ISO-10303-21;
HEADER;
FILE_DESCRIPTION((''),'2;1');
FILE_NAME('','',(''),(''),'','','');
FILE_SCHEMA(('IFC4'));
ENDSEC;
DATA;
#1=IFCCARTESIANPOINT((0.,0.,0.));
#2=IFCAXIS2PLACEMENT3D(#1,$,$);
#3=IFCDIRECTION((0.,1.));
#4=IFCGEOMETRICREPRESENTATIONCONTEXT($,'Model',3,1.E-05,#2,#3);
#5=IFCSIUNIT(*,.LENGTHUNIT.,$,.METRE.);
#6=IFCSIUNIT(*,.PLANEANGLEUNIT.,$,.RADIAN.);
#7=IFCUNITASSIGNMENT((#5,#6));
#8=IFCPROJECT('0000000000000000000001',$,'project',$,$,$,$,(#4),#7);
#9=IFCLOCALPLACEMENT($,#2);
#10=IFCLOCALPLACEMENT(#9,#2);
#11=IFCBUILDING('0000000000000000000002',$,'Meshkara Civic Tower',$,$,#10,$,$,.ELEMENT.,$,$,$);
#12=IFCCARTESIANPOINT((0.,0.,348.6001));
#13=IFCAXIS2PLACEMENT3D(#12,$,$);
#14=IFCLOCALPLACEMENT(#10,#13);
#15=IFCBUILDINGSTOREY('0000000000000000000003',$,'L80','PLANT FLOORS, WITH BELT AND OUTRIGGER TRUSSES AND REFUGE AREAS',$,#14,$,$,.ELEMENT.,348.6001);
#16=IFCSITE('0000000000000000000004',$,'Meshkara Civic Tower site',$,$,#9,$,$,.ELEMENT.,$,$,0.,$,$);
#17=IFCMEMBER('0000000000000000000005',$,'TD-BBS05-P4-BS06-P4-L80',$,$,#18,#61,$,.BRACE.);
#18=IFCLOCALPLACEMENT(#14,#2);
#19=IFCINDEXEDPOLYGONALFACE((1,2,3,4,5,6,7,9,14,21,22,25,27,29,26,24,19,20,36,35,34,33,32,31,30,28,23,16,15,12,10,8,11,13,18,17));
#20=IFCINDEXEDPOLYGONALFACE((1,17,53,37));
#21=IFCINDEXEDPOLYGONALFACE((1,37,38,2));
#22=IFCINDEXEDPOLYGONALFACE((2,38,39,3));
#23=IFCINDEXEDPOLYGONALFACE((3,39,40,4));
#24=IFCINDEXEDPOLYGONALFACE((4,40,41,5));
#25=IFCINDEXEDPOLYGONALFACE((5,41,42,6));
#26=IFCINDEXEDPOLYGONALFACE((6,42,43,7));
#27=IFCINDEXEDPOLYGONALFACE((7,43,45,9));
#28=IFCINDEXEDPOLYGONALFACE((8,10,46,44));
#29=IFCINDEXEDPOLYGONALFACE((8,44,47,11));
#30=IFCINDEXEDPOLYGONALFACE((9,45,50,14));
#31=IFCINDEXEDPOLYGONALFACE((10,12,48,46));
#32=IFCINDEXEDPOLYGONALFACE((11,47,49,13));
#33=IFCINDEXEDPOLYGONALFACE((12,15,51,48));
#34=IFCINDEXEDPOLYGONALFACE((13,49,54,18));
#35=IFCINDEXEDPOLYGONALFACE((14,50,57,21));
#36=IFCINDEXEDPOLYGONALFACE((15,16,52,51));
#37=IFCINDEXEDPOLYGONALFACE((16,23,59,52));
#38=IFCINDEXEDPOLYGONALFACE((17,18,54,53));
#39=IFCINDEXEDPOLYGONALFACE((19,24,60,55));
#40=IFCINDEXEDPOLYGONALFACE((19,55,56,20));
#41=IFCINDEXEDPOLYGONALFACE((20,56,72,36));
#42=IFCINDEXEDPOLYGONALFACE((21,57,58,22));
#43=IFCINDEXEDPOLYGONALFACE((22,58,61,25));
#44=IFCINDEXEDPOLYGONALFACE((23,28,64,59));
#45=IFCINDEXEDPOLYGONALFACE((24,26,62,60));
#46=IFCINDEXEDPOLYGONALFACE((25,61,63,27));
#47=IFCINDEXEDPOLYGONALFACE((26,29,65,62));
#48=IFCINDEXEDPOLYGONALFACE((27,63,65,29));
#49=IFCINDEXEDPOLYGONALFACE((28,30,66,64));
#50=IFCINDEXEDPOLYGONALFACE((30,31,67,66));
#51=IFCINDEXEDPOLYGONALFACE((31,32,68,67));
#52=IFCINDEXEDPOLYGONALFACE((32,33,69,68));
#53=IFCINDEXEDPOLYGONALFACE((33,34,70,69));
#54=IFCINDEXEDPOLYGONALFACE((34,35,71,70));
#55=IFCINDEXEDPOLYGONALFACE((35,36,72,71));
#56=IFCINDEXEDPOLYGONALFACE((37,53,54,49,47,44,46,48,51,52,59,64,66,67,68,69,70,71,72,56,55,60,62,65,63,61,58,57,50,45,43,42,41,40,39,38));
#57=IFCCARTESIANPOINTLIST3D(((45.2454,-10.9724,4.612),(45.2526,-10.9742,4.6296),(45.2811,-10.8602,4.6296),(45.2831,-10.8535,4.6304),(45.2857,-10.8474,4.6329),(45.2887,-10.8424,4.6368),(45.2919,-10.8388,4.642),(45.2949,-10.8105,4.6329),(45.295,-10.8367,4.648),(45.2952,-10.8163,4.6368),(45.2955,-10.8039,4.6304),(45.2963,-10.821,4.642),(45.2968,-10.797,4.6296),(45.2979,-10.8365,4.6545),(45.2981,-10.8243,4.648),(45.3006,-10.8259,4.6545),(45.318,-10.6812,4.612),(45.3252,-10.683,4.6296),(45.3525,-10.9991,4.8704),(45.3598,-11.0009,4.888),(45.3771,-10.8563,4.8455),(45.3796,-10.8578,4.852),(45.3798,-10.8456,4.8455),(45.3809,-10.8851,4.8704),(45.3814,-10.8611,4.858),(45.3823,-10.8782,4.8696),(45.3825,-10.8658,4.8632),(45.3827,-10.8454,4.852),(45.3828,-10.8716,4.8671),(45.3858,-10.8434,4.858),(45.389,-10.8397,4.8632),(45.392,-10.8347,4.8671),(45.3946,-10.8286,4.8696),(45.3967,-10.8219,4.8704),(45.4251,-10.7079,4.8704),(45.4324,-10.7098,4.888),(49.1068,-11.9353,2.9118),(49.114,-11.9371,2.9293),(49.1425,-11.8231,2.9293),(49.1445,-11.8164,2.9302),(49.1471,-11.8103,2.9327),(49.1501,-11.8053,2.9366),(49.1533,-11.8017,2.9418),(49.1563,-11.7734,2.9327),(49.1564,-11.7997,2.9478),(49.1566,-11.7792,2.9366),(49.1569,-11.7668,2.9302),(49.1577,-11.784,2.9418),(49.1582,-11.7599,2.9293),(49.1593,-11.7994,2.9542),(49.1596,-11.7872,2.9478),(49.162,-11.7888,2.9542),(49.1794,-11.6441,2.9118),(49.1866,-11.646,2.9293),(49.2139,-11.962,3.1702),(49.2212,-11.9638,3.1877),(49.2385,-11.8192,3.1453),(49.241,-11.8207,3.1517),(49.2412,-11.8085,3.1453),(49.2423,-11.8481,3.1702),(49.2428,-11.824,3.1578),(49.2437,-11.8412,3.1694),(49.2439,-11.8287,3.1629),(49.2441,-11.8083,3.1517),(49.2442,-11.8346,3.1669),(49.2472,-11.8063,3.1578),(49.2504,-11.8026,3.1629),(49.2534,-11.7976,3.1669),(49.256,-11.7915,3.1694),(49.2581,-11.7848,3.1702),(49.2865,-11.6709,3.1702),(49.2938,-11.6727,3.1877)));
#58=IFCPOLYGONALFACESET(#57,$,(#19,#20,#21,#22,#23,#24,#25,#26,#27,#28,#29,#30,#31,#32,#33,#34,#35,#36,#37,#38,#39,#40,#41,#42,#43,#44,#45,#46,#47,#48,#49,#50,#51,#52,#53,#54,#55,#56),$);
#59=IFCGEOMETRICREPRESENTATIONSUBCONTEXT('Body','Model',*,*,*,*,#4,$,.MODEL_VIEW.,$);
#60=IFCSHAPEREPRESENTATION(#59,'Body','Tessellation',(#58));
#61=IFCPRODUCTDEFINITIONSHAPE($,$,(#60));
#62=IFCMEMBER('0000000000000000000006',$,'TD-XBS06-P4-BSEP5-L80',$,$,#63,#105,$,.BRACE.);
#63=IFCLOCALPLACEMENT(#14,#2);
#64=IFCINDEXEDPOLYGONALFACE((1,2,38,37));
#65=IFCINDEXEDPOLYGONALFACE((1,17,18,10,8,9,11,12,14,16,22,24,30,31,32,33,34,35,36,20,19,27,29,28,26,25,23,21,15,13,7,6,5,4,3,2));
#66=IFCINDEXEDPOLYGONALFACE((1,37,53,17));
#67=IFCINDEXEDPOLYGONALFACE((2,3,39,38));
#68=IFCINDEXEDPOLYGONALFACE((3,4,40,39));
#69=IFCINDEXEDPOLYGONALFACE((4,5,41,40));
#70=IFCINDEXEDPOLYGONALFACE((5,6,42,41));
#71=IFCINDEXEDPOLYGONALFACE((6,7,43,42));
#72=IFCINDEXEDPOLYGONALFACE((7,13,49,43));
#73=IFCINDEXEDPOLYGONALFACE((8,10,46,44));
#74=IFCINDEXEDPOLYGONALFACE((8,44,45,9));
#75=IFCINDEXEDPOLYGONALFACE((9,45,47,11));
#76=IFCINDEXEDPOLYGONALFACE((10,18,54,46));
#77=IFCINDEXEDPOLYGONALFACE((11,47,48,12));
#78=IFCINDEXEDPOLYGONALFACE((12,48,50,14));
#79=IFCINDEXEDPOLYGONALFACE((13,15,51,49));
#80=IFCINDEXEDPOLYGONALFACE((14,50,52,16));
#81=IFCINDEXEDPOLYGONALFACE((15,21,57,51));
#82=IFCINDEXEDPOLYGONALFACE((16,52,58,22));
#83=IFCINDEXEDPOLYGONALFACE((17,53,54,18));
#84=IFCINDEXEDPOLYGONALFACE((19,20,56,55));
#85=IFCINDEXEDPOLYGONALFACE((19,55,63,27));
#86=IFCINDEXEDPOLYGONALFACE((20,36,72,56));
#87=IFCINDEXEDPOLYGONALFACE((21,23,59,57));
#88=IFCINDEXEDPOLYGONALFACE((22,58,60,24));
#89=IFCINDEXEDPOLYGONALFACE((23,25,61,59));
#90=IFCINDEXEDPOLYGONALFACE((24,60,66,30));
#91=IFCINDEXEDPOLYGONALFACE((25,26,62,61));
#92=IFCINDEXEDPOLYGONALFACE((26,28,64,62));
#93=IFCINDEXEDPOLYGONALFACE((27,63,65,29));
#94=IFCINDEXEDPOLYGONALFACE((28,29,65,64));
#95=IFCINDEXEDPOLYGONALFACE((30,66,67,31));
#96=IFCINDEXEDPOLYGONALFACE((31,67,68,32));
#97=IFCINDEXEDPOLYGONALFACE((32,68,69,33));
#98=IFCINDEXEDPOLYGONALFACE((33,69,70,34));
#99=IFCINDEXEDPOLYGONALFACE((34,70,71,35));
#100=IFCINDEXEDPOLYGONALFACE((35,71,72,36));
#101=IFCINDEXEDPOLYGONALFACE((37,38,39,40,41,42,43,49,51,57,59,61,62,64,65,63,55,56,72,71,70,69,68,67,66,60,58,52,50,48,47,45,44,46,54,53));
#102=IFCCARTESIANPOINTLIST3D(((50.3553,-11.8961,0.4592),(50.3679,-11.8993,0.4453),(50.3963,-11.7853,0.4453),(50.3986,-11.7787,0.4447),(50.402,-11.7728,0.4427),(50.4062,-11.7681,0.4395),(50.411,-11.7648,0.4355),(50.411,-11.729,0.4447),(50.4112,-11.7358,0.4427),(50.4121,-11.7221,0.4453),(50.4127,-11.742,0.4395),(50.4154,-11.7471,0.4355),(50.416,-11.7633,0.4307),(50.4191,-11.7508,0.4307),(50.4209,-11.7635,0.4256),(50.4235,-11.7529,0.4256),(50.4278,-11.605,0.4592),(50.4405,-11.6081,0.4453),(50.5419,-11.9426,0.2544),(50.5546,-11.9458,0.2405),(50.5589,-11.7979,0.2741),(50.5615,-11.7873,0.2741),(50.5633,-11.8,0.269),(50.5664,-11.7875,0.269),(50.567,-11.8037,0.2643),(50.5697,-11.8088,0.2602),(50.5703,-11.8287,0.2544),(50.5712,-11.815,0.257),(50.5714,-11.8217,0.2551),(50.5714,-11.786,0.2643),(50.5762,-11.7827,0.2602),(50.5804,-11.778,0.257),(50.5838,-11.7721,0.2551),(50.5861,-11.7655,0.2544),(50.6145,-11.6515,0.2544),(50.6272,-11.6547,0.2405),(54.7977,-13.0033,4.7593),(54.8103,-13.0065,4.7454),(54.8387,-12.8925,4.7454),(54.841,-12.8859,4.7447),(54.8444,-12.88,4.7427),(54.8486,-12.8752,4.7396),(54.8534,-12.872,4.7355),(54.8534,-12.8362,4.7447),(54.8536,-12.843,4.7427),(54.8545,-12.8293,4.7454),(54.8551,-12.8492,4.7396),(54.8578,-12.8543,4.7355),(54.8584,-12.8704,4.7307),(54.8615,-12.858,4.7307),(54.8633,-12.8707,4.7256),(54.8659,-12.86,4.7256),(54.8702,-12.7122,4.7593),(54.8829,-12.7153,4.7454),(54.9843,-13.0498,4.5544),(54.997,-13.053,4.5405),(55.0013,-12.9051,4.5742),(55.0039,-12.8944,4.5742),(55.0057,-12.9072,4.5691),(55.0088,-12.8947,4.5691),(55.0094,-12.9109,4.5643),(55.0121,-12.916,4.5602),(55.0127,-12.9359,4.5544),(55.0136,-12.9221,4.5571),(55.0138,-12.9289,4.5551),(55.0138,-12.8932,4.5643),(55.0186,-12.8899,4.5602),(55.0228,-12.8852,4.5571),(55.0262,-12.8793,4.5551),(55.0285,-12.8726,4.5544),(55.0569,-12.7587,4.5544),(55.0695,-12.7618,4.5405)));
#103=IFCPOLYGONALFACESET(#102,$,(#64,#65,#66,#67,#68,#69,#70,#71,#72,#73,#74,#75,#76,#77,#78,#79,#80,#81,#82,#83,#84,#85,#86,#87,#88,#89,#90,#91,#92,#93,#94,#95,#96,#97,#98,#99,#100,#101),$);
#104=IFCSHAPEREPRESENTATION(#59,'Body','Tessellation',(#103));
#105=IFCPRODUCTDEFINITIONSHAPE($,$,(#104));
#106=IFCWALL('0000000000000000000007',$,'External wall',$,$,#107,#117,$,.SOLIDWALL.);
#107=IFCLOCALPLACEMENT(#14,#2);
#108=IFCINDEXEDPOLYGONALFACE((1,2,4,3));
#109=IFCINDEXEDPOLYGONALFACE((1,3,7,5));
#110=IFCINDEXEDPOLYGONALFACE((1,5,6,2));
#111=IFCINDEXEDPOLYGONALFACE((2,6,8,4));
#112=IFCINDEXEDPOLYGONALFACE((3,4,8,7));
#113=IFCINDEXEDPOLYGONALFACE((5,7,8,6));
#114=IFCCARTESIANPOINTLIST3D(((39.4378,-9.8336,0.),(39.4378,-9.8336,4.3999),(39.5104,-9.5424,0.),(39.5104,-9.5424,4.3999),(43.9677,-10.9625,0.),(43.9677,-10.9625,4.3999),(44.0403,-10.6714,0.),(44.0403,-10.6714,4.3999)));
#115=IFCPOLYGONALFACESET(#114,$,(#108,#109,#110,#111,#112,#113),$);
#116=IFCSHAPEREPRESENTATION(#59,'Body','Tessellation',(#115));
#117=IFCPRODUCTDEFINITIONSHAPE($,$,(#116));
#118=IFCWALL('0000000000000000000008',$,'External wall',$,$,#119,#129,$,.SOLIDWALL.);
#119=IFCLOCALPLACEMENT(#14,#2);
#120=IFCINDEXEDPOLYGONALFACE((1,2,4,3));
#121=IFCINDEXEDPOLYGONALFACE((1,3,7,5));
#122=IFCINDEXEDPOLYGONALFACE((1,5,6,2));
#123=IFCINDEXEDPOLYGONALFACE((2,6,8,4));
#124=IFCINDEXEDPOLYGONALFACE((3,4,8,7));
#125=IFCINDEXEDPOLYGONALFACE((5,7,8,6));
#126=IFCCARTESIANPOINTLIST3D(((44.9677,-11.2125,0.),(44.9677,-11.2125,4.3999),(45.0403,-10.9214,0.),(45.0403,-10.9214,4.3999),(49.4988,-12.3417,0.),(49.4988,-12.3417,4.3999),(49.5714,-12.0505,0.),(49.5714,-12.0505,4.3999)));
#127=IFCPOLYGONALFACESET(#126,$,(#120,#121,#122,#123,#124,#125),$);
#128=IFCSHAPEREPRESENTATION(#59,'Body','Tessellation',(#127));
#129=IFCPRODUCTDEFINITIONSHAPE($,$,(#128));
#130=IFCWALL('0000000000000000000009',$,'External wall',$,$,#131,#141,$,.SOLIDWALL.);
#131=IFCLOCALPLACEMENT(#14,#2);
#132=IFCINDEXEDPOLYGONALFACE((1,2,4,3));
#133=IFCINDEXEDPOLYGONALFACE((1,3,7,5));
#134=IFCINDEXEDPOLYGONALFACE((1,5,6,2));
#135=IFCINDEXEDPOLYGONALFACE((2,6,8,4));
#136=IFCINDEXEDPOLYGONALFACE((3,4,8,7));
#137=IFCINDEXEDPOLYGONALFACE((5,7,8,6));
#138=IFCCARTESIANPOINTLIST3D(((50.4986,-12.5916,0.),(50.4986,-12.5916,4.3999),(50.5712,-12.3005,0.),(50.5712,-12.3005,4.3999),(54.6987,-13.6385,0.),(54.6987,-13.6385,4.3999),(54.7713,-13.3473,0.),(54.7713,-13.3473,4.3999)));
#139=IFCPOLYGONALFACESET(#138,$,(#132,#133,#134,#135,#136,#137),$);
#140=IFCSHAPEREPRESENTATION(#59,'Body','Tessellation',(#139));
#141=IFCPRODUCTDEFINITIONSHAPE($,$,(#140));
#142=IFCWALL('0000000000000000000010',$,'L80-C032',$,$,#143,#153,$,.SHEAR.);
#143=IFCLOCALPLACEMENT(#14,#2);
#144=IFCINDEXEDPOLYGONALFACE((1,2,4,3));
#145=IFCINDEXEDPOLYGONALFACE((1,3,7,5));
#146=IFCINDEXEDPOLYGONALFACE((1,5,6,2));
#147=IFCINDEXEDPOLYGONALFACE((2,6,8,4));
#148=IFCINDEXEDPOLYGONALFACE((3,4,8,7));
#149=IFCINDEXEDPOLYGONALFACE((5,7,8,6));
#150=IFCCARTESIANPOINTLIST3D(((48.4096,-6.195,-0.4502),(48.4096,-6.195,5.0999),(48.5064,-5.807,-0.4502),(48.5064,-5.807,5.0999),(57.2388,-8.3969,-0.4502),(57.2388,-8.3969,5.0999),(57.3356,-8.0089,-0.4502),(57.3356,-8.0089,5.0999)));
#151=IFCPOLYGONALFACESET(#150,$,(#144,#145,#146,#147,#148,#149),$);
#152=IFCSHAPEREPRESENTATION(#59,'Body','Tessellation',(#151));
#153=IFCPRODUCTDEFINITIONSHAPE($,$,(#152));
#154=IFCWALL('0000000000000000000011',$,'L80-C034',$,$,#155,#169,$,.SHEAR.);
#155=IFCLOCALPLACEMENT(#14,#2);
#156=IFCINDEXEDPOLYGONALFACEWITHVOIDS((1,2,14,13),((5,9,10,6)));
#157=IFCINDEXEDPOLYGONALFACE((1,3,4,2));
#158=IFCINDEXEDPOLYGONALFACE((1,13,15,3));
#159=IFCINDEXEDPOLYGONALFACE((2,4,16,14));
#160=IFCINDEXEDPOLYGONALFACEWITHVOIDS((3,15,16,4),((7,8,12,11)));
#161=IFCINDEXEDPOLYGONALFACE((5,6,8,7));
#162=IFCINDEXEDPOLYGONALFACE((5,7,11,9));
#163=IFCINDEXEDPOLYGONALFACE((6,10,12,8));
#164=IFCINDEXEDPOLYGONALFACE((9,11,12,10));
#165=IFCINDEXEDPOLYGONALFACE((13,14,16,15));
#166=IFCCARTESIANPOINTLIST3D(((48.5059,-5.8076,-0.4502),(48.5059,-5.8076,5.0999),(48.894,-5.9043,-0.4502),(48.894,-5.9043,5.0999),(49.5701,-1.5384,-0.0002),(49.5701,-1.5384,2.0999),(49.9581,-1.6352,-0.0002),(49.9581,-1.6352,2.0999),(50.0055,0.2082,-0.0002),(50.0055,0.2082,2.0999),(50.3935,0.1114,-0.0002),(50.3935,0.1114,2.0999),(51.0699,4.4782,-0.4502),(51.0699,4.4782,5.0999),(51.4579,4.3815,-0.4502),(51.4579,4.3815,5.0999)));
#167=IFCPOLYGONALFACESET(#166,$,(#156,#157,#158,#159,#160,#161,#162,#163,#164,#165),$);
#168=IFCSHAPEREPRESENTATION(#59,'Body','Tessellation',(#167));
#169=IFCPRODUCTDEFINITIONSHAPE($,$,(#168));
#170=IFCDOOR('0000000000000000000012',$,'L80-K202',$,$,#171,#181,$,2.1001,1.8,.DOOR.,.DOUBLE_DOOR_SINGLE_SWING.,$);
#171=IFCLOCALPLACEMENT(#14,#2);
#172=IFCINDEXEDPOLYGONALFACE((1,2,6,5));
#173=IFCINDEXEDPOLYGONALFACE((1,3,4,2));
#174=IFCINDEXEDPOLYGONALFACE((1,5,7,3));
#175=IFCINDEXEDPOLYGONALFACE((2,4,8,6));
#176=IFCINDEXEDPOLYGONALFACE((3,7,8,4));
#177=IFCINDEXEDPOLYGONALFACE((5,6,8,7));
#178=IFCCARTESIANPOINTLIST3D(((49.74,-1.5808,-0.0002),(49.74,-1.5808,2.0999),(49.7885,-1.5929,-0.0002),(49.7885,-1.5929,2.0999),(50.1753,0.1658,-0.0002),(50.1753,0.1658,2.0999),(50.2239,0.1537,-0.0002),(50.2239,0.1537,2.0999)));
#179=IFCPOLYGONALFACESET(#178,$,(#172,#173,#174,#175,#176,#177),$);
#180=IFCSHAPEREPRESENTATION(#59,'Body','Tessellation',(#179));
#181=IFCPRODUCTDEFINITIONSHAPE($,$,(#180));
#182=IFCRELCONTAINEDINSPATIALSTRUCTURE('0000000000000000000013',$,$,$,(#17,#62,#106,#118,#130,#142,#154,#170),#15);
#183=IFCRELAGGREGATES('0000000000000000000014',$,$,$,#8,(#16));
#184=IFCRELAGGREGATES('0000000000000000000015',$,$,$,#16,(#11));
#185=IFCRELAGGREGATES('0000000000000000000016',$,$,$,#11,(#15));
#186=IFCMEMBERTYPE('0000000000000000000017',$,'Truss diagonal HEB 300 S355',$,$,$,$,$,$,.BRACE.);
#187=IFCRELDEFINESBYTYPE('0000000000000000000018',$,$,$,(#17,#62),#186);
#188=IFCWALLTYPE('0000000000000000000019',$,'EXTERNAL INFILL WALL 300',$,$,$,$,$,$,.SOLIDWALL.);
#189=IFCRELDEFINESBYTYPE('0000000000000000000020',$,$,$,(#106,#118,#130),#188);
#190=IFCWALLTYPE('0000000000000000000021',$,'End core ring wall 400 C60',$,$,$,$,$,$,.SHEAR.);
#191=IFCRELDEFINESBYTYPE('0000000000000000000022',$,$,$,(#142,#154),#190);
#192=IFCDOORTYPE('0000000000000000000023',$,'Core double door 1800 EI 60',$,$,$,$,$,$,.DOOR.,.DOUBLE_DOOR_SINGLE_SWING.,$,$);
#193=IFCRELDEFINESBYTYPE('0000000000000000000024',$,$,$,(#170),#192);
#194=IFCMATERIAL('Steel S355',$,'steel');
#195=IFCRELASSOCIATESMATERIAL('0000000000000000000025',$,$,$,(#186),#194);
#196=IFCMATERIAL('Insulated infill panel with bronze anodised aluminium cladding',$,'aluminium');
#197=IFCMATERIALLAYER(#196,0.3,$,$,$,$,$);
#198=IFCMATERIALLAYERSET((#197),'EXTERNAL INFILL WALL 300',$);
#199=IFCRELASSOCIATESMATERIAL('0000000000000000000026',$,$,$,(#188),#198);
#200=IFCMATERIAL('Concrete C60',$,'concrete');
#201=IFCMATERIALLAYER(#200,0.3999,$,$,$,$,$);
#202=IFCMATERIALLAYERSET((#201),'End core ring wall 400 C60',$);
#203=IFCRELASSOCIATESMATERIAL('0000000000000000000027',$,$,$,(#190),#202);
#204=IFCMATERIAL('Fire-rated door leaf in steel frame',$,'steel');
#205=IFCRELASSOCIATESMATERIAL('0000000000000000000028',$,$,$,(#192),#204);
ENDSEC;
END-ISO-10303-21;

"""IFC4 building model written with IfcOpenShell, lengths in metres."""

from ifc_helpers import new_model, si_unit, direction, frame, frame_2d, origin, origin_2d, place, context, subcontext, project, spatial, rectangle, i_section, extrude, material, layer, layer_set, material_profile, profile_set, type_object, element, fill, save


model = new_model("IFC4")

# Units and contexts
model_context = context("Model", 3, precision=1e-05, world=origin(), true_north=direction((0.0, 1.0)))
body_context = subcontext(model_context, "Body", "Model", "MODEL_VIEW")
ifc_project = project(units=[si_unit("LENGTHUNIT", "METRE"), si_unit("PLANEANGLEUNIT", "RADIAN")], contexts=[model_context])

# Site, building, storey
site_placement = place(None, origin())
site = spatial("IfcSite", under=ifc_project, at=site_placement, Name="Meshkara Civic Tower site", CompositionType="ELEMENT", RefElevation=0.0)
building_placement = place(site_placement, origin())
building = spatial("IfcBuilding", under=site, at=building_placement, Name="Meshkara Civic Tower", CompositionType="ELEMENT")
storey_placement = place(building_placement, frame((0.0, 0.0, 348.6001)))
storey = spatial("IfcBuildingStorey", under=building, at=storey_placement, Name="L80", Description="PLANT FLOORS, WITH BELT AND OUTRIGGER TRUSSES AND REFUGE AREAS", CompositionType="ELEMENT", Elevation=348.6001)

# Members
ifc_material_1 = material(Name="Steel S355", Category="steel")
ifc_material_profile_1 = material_profile(ifc_material_1, i_section(OverallWidth=0.3, OverallDepth=0.3, WebThickness=0.011, FlangeThickness=0.019, FilletRadius=0.0271, at=origin_2d()))
ifc_profile_set_1 = profile_set([ifc_material_profile_1], Name="Steel S355")
member_type = type_object("IfcMemberType", Name="Truss diagonal HEB 300 S355", PredefinedType="BRACE", material=ifc_profile_set_1)
member_1_placement = place(storey_placement, frame((45.3389, -10.8411, 4.75), z_axis=(0.892267, -0.222503, -0.392877), x_axis=(0.241958, 0.970287, 0.0)))
element("IfcMember", 1, at=member_1_placement, inside=storey, type_object=member_type, Name="TD-BBS05-P4-BS06-P4-L80", PredefinedType="BRACE", context=body_context, shape_type="SweptSolid", body=[
    extrude(i_section(OverallWidth=0.3, OverallDepth=0.3, WebThickness=0.011, FlangeThickness=0.019, FilletRadius=0.0271, at=origin_2d()), origin(), (0.0, 0.0, 1.0), 4.3276),
])
member_2_placement = place(storey_placement, frame((50.4912, -11.7754, 0.3499), z_axis=(0.707273, -0.176274, 0.684612), x_axis=(0.241833, 0.970318, 0.0)))
element("IfcMember", 2, at=member_2_placement, inside=storey, type_object=member_type, Name="TD-XBS06-P4-BSEP5-L80", PredefinedType="BRACE", context=body_context, shape_type="SweptSolid", body=[
    extrude(i_section(OverallWidth=0.3, OverallDepth=0.3, WebThickness=0.011, FlangeThickness=0.019, FilletRadius=0.0271, at=origin_2d()), origin(), (0.0, 0.0, 1.0), 6.281),
])

# Walls
ifc_material_2 = material(Name="Insulated infill panel with bronze anodised aluminium cladding", Category="aluminium")
ifc_layer_1 = layer(ifc_material_2, 0.3)
ifc_layer_set_1 = layer_set([ifc_layer_1], Name="EXTERNAL INFILL WALL 300")
wall_type_1 = type_object("IfcWallType", Name="EXTERNAL INFILL WALL 300", PredefinedType="SOLIDWALL", material=ifc_layer_set_1)
wall_1_placement = place(storey_placement, frame((39.4741, -9.688, 0.0), z_axis=(0.0, 0.0, 1.0), x_axis=(0.970321, -0.241822, 0.0)))
element("IfcWall", 3, at=wall_1_placement, inside=storey, type_object=wall_type_1, Name="External wall", PredefinedType="SOLIDWALL", context=body_context, shape_type="SweptSolid", body=[
    extrude(rectangle(XDim=4.6685, YDim=0.3, at=frame_2d((2.3342, 0.0))), origin(), (0.0, 0.0, 1.0), 4.3999),
])
wall_2_placement = place(storey_placement, frame((45.0039, -11.0669, 0.0), z_axis=(0.0, 0.0, 1.0), x_axis=(0.970324, -0.24181, 0.0)))
element("IfcWall", 4, at=wall_2_placement, inside=storey, type_object=wall_type_1, Name="External wall", PredefinedType="SOLIDWALL", context=body_context, shape_type="SweptSolid", body=[
    extrude(rectangle(XDim=4.6697, YDim=0.3, at=frame_2d((2.335, 0.0))), origin(), (0.0, 0.0, 1.0), 4.3999),
])
wall_3_placement = place(storey_placement, frame((50.5349, -12.446, 0.0), z_axis=(0.0, 0.0, 1.0), x_axis=(0.970315, -0.241845, 0.0)))
element("IfcWall", 5, at=wall_3_placement, inside=storey, type_object=wall_type_1, Name="External wall", PredefinedType="SOLIDWALL", context=body_context, shape_type="SweptSolid", body=[
    extrude(rectangle(XDim=4.3286, YDim=0.3, at=frame_2d((2.1643, 0.0))), origin(), (0.0, 0.0, 1.0), 4.3999),
])
ifc_material_3 = material(Name="Concrete C60", Category="concrete")
ifc_layer_2 = layer(ifc_material_3, 0.3999)
ifc_layer_set_2 = layer_set([ifc_layer_2], Name="End core ring wall 400 C60")
wall_type_2 = type_object("IfcWallType", Name="End core ring wall 400 C60", PredefinedType="SHEAR", material=ifc_layer_set_2)
wall_4_placement = place(storey_placement, frame((48.458, -6.001, -0.4502), z_axis=(0.0, 0.0, 1.0), x_axis=(0.970281, -0.24198, 0.0)))
element("IfcWall", 6, at=wall_4_placement, inside=storey, type_object=wall_type_2, Name="L80-C032", PredefinedType="SHEAR", context=body_context, shape_type="SweptSolid", body=[
    extrude(rectangle(XDim=9.0996, YDim=0.3999, at=frame_2d((4.5498, 0.0))), origin(), (0.0, 0.0, 1.0), 5.55),
])

# Wall, opening, door
wall_5_placement = place(storey_placement, frame((48.7, -5.856, -0.4502), z_axis=(0.0, 0.0, 1.0), x_axis=(0.241869, 0.970309, 0.0)))
wall_5 = element("IfcWall", 7, at=wall_5_placement, inside=storey, type_object=wall_type_2, Name="L80-C034", PredefinedType="SHEAR", context=body_context, shape_type="SweptSolid", body=[
    extrude(rectangle(XDim=10.6006, YDim=0.3999, at=frame_2d((5.3003, 0.0))), origin(), (0.0, 0.0, 1.0), 5.55),
])
opening_1_placement = place(wall_5_placement, frame((4.3999, 0.0, 0.45)))
opening_1 = element("IfcOpeningElement", 8, at=opening_1_placement, cuts=wall_5, PredefinedType="OPENING", context=body_context, shape_type="SweptSolid", body=[
    extrude(rectangle(XDim=1.8, YDim=2.1001, at=frame_2d((0.8999, 1.05))), frame((0.0, 0.21, 0.0), z_axis=(0.0, -1.0, 0.0), x_axis=(1.0, 0.0, 0.0)), (0.0, 0.0, 1.0), 0.4199),
])
ifc_material_4 = material(Name="Fire-rated door leaf in steel frame", Category="steel")
door_type_1 = type_object("IfcDoorType", Name="Core double door 1800 EI 60", OperationType="DOUBLE_DOOR_SINGLE_SWING", PredefinedType="DOOR", material=ifc_material_4)
door_1_placement = place(opening_1_placement, origin())
door_1 = element("IfcDoor", 9, at=door_1_placement, inside=storey, type_object=door_type_1, Name="L80-K202", OperationType="DOUBLE_DOOR_SINGLE_SWING", OverallHeight=2.1001, OverallWidth=1.8, PredefinedType="DOOR", context=body_context, shape_type="SweptSolid", body=[
    extrude(rectangle(XDim=1.8, YDim=2.1001, at=frame_2d((0.8999, 1.05))), frame((0.0, 0.0249, 0.0), z_axis=(0.0, -1.0, 0.0), x_axis=(1.0, 0.0, 0.0)), (0.0, 0.0, 1.0), 0.05),
])
fill(opening_1, door_1)

save(model, "model.ifc")
